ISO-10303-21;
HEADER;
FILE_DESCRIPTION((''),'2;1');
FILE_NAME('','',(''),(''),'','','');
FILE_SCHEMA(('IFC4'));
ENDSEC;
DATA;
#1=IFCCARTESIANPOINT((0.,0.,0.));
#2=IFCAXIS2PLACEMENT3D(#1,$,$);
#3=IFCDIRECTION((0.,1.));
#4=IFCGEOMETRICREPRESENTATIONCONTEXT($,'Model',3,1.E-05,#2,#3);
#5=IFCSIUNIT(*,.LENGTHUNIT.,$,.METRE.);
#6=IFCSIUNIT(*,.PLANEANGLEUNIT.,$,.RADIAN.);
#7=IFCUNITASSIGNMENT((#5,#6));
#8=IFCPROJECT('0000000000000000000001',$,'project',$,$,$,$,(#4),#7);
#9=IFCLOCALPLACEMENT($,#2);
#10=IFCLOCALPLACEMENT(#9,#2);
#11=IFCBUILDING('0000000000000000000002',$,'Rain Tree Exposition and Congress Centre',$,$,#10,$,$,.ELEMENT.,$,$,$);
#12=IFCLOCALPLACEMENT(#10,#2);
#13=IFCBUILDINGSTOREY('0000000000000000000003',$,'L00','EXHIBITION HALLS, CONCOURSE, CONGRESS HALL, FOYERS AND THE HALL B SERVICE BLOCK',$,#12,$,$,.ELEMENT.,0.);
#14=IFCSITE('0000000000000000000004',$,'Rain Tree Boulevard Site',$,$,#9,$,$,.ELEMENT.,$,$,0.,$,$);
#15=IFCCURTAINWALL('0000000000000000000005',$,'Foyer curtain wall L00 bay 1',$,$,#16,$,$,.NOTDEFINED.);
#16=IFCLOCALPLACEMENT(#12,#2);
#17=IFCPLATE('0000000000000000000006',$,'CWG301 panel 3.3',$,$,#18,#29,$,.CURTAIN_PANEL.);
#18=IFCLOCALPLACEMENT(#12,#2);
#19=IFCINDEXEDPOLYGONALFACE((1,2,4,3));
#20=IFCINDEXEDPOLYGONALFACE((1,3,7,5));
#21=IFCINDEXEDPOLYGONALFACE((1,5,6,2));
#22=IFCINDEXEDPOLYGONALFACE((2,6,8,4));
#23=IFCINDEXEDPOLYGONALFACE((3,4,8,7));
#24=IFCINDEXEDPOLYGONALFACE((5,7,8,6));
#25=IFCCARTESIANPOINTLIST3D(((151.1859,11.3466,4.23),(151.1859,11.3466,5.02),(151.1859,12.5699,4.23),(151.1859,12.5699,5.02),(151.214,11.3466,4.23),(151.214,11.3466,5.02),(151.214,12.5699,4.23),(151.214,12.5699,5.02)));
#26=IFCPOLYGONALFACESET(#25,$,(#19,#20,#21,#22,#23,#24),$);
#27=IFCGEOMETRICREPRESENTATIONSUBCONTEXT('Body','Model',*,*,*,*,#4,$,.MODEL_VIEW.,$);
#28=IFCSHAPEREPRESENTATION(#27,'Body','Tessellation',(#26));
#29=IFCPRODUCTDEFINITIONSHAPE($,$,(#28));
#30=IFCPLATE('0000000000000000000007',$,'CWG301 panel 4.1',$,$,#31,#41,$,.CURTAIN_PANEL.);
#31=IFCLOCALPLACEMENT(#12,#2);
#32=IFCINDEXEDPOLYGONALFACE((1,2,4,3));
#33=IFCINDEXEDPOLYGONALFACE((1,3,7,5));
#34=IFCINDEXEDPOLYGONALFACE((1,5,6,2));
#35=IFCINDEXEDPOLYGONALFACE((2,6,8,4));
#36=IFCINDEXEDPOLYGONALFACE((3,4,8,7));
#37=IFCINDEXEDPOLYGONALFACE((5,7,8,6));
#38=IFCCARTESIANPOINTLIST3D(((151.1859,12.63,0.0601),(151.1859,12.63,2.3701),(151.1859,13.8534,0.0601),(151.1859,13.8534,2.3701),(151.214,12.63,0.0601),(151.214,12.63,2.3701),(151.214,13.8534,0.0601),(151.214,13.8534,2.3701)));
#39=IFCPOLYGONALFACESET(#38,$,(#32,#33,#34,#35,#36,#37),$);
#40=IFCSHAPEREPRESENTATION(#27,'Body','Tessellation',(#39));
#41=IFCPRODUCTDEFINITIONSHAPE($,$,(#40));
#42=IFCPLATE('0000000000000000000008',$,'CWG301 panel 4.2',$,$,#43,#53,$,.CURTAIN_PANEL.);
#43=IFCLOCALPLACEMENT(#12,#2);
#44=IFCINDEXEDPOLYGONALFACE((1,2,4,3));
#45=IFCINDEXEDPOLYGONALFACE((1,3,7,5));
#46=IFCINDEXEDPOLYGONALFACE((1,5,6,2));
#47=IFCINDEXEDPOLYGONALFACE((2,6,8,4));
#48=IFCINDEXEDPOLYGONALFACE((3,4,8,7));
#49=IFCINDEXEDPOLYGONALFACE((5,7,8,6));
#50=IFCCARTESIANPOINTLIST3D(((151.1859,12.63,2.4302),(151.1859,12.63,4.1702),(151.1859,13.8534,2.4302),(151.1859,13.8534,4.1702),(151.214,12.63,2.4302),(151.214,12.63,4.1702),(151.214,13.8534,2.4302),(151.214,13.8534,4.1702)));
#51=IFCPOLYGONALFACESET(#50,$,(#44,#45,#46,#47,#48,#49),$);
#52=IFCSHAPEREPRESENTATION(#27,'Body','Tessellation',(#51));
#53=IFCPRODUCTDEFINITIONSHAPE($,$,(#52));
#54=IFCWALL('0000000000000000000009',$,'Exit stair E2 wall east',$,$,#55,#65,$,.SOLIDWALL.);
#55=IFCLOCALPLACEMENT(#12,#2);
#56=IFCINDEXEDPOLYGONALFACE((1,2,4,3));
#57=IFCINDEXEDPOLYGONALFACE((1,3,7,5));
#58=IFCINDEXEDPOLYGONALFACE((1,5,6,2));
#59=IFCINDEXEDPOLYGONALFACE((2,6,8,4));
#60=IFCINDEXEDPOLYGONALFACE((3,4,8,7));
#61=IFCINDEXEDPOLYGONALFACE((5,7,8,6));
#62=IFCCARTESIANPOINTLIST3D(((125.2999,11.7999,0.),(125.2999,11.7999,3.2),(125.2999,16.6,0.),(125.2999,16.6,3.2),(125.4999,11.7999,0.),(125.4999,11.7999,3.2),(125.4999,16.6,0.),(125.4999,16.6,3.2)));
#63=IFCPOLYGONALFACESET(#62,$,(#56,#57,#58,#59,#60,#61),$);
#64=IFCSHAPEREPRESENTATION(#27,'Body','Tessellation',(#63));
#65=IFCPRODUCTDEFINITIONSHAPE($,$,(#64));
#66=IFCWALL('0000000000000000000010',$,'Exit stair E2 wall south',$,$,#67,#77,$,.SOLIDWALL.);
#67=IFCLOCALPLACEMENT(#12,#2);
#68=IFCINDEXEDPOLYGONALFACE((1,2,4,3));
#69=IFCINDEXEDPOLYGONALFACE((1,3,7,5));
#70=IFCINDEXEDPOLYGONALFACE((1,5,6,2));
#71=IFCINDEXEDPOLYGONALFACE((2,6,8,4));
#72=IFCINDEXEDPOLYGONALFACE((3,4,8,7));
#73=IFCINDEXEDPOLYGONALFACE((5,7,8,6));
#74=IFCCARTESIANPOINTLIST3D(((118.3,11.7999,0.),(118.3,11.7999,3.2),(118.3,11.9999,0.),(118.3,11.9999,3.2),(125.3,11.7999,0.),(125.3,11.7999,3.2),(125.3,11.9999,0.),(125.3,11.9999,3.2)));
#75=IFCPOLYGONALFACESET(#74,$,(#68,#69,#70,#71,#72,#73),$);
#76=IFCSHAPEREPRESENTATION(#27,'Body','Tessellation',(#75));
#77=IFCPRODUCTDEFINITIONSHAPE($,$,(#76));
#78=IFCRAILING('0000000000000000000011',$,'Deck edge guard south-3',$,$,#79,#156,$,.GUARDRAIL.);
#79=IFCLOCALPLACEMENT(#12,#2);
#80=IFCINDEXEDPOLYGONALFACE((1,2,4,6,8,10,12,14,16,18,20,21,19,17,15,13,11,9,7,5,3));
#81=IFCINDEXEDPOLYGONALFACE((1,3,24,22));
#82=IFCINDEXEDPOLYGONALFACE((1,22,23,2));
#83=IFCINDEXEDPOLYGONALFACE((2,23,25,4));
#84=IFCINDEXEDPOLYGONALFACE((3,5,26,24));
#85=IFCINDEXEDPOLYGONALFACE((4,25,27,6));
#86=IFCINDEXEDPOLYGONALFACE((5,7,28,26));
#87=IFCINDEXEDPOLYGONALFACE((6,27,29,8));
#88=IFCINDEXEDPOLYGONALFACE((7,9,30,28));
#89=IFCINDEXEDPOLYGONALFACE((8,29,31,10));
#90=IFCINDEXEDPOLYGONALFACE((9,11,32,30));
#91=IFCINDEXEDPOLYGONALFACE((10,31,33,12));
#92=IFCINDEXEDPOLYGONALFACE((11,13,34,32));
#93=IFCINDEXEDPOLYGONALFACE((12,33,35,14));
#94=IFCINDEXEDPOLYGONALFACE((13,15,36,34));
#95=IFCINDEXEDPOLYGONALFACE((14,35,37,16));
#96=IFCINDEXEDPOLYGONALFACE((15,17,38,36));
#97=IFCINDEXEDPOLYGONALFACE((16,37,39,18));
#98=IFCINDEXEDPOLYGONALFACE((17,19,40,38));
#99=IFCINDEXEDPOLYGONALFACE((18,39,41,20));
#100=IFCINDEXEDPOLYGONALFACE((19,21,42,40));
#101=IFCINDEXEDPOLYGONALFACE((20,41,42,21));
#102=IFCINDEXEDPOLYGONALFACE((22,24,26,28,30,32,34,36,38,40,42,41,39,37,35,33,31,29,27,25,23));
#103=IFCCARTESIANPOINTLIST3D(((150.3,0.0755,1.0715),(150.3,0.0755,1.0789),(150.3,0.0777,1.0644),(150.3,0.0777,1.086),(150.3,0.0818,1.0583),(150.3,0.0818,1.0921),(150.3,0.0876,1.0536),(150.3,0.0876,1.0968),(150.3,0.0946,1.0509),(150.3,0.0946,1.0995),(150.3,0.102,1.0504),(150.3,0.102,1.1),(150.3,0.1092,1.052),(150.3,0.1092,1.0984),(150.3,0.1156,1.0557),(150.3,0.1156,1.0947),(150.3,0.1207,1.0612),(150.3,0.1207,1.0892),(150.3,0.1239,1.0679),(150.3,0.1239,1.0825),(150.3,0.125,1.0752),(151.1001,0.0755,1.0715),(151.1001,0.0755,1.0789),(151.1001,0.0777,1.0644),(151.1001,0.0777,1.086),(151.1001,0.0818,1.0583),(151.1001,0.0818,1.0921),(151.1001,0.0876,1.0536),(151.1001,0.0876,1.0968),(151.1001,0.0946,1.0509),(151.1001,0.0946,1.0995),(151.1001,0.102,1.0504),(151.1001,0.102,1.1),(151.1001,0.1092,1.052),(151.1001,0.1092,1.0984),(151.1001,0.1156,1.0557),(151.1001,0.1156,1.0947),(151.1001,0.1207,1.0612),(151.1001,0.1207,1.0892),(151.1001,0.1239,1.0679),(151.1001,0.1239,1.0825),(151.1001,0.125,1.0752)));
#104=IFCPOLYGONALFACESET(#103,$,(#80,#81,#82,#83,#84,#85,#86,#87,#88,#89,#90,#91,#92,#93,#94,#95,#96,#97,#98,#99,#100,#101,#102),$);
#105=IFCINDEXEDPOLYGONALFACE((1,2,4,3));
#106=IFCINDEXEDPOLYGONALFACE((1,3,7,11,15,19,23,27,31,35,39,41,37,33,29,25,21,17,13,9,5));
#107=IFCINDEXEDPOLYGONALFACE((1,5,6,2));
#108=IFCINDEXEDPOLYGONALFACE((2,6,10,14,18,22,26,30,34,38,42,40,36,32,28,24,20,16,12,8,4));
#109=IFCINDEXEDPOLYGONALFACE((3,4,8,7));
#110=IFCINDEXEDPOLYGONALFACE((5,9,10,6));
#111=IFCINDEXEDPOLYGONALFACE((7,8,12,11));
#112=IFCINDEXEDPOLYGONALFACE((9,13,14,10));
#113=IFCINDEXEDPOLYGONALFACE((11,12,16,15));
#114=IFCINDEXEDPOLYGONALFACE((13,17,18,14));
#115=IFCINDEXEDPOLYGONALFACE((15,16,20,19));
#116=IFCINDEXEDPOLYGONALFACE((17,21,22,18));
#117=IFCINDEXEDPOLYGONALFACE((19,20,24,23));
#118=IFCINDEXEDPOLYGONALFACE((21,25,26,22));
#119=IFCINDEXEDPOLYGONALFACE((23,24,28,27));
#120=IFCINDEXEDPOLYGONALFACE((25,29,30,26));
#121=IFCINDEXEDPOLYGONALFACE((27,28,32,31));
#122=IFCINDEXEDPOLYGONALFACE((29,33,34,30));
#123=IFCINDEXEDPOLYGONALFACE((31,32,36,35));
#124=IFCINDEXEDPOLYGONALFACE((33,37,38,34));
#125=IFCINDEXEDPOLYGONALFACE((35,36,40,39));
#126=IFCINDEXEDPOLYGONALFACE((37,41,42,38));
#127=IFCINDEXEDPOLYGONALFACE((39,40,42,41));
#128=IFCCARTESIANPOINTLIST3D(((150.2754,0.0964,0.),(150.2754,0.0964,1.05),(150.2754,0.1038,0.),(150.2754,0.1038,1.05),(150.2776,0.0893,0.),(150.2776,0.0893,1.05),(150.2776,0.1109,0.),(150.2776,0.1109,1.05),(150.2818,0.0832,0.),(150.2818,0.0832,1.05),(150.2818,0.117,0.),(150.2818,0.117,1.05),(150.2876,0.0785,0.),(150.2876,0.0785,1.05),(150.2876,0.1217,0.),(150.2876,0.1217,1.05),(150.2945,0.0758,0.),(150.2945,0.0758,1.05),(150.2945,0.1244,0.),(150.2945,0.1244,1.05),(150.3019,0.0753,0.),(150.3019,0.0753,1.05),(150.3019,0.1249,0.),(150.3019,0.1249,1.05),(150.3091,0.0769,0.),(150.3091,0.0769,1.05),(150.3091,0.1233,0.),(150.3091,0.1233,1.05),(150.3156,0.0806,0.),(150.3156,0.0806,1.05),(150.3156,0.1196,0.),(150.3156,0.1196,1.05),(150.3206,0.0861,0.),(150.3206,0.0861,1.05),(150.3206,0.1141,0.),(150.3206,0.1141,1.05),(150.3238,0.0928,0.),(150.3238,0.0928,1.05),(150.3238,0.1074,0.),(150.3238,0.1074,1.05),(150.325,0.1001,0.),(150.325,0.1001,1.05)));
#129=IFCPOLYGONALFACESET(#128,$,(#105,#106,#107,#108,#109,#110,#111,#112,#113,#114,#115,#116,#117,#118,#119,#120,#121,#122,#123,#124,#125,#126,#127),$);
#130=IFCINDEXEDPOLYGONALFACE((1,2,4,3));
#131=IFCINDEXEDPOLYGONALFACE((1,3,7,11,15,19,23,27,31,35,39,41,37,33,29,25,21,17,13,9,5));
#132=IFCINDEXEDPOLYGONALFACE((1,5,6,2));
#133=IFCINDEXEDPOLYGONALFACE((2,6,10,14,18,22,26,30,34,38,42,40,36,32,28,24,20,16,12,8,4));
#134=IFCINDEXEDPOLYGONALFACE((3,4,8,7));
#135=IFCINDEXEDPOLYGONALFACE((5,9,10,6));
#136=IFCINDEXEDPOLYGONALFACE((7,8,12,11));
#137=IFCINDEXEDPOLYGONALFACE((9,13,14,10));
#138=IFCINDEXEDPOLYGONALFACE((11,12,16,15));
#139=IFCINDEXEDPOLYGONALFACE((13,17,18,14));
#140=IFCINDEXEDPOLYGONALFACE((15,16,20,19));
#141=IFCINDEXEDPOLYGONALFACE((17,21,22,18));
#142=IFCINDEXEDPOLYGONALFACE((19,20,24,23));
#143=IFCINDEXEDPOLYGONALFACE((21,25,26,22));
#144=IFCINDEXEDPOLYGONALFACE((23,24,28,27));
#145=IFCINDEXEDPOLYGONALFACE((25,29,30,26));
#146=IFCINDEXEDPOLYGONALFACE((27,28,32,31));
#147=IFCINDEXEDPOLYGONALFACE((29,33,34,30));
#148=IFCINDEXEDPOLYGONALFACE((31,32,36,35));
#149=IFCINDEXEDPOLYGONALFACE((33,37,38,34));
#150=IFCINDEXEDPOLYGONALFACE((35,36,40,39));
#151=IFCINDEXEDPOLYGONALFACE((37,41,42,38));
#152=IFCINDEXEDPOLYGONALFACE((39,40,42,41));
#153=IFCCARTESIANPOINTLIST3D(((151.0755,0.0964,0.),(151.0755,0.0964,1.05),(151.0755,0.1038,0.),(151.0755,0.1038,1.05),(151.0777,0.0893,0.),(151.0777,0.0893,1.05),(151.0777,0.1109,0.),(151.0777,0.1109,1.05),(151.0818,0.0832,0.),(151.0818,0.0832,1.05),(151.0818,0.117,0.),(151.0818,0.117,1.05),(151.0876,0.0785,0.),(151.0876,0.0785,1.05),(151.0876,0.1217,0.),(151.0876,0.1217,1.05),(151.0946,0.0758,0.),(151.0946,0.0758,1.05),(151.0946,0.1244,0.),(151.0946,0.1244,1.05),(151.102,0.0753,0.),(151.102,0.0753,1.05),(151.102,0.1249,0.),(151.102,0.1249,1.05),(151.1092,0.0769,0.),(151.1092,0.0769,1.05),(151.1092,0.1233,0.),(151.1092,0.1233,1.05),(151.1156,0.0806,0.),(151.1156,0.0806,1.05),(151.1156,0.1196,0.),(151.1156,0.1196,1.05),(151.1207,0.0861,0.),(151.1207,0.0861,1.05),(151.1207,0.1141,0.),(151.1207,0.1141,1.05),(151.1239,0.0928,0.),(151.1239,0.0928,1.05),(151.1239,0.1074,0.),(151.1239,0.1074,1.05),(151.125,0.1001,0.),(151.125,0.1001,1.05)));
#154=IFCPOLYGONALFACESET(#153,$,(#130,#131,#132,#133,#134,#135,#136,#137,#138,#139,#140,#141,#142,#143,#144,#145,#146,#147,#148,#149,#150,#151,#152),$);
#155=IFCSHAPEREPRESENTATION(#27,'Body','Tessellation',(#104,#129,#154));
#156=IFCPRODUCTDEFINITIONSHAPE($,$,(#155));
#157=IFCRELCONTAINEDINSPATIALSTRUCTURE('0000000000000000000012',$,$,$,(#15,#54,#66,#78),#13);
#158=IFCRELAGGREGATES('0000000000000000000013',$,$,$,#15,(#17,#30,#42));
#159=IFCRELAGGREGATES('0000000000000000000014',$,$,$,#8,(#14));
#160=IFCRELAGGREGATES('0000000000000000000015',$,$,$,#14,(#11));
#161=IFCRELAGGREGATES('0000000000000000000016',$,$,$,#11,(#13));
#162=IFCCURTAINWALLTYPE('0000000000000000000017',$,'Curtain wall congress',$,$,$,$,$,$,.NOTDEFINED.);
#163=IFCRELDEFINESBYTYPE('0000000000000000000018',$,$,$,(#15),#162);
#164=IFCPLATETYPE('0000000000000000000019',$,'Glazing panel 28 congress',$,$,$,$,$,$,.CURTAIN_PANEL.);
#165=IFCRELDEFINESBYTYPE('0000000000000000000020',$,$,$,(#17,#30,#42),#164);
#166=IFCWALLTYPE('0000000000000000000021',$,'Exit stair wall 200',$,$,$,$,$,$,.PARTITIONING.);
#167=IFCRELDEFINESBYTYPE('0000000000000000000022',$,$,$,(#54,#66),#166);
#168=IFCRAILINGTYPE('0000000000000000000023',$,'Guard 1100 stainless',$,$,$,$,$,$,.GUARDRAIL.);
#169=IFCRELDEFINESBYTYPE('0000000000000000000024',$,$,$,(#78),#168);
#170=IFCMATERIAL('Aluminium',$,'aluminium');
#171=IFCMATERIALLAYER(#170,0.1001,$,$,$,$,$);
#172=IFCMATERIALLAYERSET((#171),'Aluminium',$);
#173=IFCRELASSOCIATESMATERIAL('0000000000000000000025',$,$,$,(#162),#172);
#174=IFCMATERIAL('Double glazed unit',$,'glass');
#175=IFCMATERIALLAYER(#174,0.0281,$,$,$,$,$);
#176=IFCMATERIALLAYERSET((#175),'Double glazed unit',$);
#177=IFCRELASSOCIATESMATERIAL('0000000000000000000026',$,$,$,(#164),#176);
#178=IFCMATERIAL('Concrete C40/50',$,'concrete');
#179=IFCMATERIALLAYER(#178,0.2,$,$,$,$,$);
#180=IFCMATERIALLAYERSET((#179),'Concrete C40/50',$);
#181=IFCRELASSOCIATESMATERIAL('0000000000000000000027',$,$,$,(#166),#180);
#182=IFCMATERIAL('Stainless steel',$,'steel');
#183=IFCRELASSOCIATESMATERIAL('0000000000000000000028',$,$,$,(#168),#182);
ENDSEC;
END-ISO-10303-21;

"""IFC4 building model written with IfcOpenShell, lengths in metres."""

from ifc_helpers import new_model, si_unit, direction, frame, frame_2d, origin, origin_2d, place, context, subcontext, project, spatial, rectangle, circle, extrude, material, layer, layer_set, type_object, element, aggregate, save


model = new_model("IFC4")

# Units and contexts
model_context = context("Model", 3, precision=1e-05, world=origin(), true_north=direction((0.0, 1.0)))
body_context = subcontext(model_context, "Body", "Model", "MODEL_VIEW")
ifc_project = project(units=[si_unit("LENGTHUNIT", "METRE"), si_unit("PLANEANGLEUNIT", "RADIAN")], contexts=[model_context])

# Site, building, storey
site_placement = place(None, origin())
site = spatial("IfcSite", under=ifc_project, at=site_placement, Name="Rain Tree Boulevard Site", CompositionType="ELEMENT", RefElevation=0.0)
building_placement = place(site_placement, origin())
building = spatial("IfcBuilding", under=site, at=building_placement, Name="Rain Tree Exposition and Congress Centre", CompositionType="ELEMENT")
storey_placement = place(building_placement, origin())
storey = spatial("IfcBuildingStorey", under=building, at=storey_placement, Name="L00", Description="EXHIBITION HALLS, CONCOURSE, CONGRESS HALL, FOYERS AND THE HALL B SERVICE BLOCK", CompositionType="ELEMENT", Elevation=0.0)

# Curtain wall, plates
ifc_material_1 = material(Name="Aluminium", Category="aluminium")
ifc_layer_1 = layer(ifc_material_1, 0.1001)
ifc_layer_set_1 = layer_set([ifc_layer_1], Name="Aluminium")
curtain_wall_type = type_object("IfcCurtainWallType", Name="Curtain wall congress", PredefinedType="NOTDEFINED", material=ifc_layer_set_1)
curtain_wall_placement = place(storey_placement, origin())
curtain_wall = element("IfcCurtainWall", 1, at=curtain_wall_placement, inside=storey, type_object=curtain_wall_type, Name="Foyer curtain wall L00 bay 1", PredefinedType="NOTDEFINED")
ifc_material_2 = material(Name="Double glazed unit", Category="glass")
ifc_layer_2 = layer(ifc_material_2, 0.0281)
ifc_layer_set_2 = layer_set([ifc_layer_2], Name="Double glazed unit")
plate_type = type_object("IfcPlateType", Name="Glazing panel 28 congress", PredefinedType="CURTAIN_PANEL", material=ifc_layer_set_2)
plate_1_placement = place(storey_placement, frame((151.2, 11.9583, 4.23), z_axis=(0.0, 0.0, 1.0), x_axis=(0.0, 1.0, 0.0)))
plate_1 = element("IfcPlate", 2, at=plate_1_placement, type_object=plate_type, Name="CWG301 panel 3.3", PredefinedType="CURTAIN_PANEL", context=body_context, shape_type="SweptSolid", body=[
    extrude(rectangle(XDim=1.2234, YDim=0.0281, at=origin_2d()), origin(), (0.0, 0.0, 1.0), 0.79),
])
plate_2_placement = place(storey_placement, frame((151.2, 13.2417, 0.0601), z_axis=(0.0, 0.0, 1.0), x_axis=(0.0, 1.0, 0.0)))
plate_2 = element("IfcPlate", 3, at=plate_2_placement, type_object=plate_type, Name="CWG301 panel 4.1", PredefinedType="CURTAIN_PANEL", context=body_context, shape_type="SweptSolid", body=[
    extrude(rectangle(XDim=1.2234, YDim=0.0281, at=origin_2d()), origin(), (0.0, 0.0, 1.0), 2.3101),
])
plate_3_placement = place(storey_placement, frame((151.2, 13.2417, 2.4302), z_axis=(0.0, 0.0, 1.0), x_axis=(0.0, 1.0, 0.0)))
plate_3 = element("IfcPlate", 4, at=plate_3_placement, type_object=plate_type, Name="CWG301 panel 4.2", PredefinedType="CURTAIN_PANEL", context=body_context, shape_type="SweptSolid", body=[
    extrude(rectangle(XDim=1.2234, YDim=0.0281, at=origin_2d()), origin(), (0.0, 0.0, 1.0), 1.74),
])
aggregate(curtain_wall, [plate_1, plate_2, plate_3])

# Walls
ifc_material_3 = material(Name="Concrete C40/50", Category="concrete")
ifc_layer_3 = layer(ifc_material_3, 0.2)
ifc_layer_set_3 = layer_set([ifc_layer_3], Name="Concrete C40/50")
wall_type = type_object("IfcWallType", Name="Exit stair wall 200", PredefinedType="PARTITIONING", material=ifc_layer_set_3)
wall_1_placement = place(storey_placement, frame((125.3999, 11.8, 0.0), z_axis=(0.0, 0.0, 1.0), x_axis=(0.0, 1.0, 0.0)))
element("IfcWall", 5, at=wall_1_placement, inside=storey, type_object=wall_type, Name="Exit stair E2 wall east", PredefinedType="SOLIDWALL", context=body_context, shape_type="SweptSolid", body=[
    extrude(rectangle(XDim=4.8, YDim=0.2, at=frame_2d((2.3999, 0.0))), origin(), (0.0, 0.0, 1.0), 3.2),
])
wall_2_placement = place(storey_placement, frame((118.3, 11.8999, 0.0), z_axis=(0.0, 0.0, 1.0), x_axis=(1.0, 0.0, 0.0)))
element("IfcWall", 6, at=wall_2_placement, inside=storey, type_object=wall_type, Name="Exit stair E2 wall south", PredefinedType="SOLIDWALL", context=body_context, shape_type="SweptSolid", body=[
    extrude(rectangle(XDim=7.0, YDim=0.2, at=frame_2d((3.5, 0.0))), origin(), (0.0, 0.0, 1.0), 3.2),
])

# Railing
ifc_material_4 = material(Name="Stainless steel", Category="steel")
railing_type = type_object("IfcRailingType", Name="Guard 1100 stainless", PredefinedType="GUARDRAIL", material=ifc_material_4)
railing_1_placement = place(storey_placement, frame((150.3, 0.1001, 0.0)))
element("IfcRailing", 7, at=railing_1_placement, inside=storey, type_object=railing_type, Name="Deck edge guard south-3", PredefinedType="GUARDRAIL", context=body_context, shape_type="SweptSolid", body=[
    extrude(circle(Radius=0.0249, at=origin_2d()), frame((0.0, 0.0, 1.0752), z_axis=(1.0, 0.0, 0.0), x_axis=(0.0, 1.0, 0.0)), (0.0, 0.0, 1.0), 0.8),
    extrude(circle(Radius=0.0249, at=origin_2d()), origin(), (0.0, 0.0, 1.0), 1.05),
    extrude(circle(Radius=0.0249, at=origin_2d()), frame((0.8, 0.0, 0.0)), (0.0, 0.0, 1.0), 1.05),
])

save(model, "model.ifc")
